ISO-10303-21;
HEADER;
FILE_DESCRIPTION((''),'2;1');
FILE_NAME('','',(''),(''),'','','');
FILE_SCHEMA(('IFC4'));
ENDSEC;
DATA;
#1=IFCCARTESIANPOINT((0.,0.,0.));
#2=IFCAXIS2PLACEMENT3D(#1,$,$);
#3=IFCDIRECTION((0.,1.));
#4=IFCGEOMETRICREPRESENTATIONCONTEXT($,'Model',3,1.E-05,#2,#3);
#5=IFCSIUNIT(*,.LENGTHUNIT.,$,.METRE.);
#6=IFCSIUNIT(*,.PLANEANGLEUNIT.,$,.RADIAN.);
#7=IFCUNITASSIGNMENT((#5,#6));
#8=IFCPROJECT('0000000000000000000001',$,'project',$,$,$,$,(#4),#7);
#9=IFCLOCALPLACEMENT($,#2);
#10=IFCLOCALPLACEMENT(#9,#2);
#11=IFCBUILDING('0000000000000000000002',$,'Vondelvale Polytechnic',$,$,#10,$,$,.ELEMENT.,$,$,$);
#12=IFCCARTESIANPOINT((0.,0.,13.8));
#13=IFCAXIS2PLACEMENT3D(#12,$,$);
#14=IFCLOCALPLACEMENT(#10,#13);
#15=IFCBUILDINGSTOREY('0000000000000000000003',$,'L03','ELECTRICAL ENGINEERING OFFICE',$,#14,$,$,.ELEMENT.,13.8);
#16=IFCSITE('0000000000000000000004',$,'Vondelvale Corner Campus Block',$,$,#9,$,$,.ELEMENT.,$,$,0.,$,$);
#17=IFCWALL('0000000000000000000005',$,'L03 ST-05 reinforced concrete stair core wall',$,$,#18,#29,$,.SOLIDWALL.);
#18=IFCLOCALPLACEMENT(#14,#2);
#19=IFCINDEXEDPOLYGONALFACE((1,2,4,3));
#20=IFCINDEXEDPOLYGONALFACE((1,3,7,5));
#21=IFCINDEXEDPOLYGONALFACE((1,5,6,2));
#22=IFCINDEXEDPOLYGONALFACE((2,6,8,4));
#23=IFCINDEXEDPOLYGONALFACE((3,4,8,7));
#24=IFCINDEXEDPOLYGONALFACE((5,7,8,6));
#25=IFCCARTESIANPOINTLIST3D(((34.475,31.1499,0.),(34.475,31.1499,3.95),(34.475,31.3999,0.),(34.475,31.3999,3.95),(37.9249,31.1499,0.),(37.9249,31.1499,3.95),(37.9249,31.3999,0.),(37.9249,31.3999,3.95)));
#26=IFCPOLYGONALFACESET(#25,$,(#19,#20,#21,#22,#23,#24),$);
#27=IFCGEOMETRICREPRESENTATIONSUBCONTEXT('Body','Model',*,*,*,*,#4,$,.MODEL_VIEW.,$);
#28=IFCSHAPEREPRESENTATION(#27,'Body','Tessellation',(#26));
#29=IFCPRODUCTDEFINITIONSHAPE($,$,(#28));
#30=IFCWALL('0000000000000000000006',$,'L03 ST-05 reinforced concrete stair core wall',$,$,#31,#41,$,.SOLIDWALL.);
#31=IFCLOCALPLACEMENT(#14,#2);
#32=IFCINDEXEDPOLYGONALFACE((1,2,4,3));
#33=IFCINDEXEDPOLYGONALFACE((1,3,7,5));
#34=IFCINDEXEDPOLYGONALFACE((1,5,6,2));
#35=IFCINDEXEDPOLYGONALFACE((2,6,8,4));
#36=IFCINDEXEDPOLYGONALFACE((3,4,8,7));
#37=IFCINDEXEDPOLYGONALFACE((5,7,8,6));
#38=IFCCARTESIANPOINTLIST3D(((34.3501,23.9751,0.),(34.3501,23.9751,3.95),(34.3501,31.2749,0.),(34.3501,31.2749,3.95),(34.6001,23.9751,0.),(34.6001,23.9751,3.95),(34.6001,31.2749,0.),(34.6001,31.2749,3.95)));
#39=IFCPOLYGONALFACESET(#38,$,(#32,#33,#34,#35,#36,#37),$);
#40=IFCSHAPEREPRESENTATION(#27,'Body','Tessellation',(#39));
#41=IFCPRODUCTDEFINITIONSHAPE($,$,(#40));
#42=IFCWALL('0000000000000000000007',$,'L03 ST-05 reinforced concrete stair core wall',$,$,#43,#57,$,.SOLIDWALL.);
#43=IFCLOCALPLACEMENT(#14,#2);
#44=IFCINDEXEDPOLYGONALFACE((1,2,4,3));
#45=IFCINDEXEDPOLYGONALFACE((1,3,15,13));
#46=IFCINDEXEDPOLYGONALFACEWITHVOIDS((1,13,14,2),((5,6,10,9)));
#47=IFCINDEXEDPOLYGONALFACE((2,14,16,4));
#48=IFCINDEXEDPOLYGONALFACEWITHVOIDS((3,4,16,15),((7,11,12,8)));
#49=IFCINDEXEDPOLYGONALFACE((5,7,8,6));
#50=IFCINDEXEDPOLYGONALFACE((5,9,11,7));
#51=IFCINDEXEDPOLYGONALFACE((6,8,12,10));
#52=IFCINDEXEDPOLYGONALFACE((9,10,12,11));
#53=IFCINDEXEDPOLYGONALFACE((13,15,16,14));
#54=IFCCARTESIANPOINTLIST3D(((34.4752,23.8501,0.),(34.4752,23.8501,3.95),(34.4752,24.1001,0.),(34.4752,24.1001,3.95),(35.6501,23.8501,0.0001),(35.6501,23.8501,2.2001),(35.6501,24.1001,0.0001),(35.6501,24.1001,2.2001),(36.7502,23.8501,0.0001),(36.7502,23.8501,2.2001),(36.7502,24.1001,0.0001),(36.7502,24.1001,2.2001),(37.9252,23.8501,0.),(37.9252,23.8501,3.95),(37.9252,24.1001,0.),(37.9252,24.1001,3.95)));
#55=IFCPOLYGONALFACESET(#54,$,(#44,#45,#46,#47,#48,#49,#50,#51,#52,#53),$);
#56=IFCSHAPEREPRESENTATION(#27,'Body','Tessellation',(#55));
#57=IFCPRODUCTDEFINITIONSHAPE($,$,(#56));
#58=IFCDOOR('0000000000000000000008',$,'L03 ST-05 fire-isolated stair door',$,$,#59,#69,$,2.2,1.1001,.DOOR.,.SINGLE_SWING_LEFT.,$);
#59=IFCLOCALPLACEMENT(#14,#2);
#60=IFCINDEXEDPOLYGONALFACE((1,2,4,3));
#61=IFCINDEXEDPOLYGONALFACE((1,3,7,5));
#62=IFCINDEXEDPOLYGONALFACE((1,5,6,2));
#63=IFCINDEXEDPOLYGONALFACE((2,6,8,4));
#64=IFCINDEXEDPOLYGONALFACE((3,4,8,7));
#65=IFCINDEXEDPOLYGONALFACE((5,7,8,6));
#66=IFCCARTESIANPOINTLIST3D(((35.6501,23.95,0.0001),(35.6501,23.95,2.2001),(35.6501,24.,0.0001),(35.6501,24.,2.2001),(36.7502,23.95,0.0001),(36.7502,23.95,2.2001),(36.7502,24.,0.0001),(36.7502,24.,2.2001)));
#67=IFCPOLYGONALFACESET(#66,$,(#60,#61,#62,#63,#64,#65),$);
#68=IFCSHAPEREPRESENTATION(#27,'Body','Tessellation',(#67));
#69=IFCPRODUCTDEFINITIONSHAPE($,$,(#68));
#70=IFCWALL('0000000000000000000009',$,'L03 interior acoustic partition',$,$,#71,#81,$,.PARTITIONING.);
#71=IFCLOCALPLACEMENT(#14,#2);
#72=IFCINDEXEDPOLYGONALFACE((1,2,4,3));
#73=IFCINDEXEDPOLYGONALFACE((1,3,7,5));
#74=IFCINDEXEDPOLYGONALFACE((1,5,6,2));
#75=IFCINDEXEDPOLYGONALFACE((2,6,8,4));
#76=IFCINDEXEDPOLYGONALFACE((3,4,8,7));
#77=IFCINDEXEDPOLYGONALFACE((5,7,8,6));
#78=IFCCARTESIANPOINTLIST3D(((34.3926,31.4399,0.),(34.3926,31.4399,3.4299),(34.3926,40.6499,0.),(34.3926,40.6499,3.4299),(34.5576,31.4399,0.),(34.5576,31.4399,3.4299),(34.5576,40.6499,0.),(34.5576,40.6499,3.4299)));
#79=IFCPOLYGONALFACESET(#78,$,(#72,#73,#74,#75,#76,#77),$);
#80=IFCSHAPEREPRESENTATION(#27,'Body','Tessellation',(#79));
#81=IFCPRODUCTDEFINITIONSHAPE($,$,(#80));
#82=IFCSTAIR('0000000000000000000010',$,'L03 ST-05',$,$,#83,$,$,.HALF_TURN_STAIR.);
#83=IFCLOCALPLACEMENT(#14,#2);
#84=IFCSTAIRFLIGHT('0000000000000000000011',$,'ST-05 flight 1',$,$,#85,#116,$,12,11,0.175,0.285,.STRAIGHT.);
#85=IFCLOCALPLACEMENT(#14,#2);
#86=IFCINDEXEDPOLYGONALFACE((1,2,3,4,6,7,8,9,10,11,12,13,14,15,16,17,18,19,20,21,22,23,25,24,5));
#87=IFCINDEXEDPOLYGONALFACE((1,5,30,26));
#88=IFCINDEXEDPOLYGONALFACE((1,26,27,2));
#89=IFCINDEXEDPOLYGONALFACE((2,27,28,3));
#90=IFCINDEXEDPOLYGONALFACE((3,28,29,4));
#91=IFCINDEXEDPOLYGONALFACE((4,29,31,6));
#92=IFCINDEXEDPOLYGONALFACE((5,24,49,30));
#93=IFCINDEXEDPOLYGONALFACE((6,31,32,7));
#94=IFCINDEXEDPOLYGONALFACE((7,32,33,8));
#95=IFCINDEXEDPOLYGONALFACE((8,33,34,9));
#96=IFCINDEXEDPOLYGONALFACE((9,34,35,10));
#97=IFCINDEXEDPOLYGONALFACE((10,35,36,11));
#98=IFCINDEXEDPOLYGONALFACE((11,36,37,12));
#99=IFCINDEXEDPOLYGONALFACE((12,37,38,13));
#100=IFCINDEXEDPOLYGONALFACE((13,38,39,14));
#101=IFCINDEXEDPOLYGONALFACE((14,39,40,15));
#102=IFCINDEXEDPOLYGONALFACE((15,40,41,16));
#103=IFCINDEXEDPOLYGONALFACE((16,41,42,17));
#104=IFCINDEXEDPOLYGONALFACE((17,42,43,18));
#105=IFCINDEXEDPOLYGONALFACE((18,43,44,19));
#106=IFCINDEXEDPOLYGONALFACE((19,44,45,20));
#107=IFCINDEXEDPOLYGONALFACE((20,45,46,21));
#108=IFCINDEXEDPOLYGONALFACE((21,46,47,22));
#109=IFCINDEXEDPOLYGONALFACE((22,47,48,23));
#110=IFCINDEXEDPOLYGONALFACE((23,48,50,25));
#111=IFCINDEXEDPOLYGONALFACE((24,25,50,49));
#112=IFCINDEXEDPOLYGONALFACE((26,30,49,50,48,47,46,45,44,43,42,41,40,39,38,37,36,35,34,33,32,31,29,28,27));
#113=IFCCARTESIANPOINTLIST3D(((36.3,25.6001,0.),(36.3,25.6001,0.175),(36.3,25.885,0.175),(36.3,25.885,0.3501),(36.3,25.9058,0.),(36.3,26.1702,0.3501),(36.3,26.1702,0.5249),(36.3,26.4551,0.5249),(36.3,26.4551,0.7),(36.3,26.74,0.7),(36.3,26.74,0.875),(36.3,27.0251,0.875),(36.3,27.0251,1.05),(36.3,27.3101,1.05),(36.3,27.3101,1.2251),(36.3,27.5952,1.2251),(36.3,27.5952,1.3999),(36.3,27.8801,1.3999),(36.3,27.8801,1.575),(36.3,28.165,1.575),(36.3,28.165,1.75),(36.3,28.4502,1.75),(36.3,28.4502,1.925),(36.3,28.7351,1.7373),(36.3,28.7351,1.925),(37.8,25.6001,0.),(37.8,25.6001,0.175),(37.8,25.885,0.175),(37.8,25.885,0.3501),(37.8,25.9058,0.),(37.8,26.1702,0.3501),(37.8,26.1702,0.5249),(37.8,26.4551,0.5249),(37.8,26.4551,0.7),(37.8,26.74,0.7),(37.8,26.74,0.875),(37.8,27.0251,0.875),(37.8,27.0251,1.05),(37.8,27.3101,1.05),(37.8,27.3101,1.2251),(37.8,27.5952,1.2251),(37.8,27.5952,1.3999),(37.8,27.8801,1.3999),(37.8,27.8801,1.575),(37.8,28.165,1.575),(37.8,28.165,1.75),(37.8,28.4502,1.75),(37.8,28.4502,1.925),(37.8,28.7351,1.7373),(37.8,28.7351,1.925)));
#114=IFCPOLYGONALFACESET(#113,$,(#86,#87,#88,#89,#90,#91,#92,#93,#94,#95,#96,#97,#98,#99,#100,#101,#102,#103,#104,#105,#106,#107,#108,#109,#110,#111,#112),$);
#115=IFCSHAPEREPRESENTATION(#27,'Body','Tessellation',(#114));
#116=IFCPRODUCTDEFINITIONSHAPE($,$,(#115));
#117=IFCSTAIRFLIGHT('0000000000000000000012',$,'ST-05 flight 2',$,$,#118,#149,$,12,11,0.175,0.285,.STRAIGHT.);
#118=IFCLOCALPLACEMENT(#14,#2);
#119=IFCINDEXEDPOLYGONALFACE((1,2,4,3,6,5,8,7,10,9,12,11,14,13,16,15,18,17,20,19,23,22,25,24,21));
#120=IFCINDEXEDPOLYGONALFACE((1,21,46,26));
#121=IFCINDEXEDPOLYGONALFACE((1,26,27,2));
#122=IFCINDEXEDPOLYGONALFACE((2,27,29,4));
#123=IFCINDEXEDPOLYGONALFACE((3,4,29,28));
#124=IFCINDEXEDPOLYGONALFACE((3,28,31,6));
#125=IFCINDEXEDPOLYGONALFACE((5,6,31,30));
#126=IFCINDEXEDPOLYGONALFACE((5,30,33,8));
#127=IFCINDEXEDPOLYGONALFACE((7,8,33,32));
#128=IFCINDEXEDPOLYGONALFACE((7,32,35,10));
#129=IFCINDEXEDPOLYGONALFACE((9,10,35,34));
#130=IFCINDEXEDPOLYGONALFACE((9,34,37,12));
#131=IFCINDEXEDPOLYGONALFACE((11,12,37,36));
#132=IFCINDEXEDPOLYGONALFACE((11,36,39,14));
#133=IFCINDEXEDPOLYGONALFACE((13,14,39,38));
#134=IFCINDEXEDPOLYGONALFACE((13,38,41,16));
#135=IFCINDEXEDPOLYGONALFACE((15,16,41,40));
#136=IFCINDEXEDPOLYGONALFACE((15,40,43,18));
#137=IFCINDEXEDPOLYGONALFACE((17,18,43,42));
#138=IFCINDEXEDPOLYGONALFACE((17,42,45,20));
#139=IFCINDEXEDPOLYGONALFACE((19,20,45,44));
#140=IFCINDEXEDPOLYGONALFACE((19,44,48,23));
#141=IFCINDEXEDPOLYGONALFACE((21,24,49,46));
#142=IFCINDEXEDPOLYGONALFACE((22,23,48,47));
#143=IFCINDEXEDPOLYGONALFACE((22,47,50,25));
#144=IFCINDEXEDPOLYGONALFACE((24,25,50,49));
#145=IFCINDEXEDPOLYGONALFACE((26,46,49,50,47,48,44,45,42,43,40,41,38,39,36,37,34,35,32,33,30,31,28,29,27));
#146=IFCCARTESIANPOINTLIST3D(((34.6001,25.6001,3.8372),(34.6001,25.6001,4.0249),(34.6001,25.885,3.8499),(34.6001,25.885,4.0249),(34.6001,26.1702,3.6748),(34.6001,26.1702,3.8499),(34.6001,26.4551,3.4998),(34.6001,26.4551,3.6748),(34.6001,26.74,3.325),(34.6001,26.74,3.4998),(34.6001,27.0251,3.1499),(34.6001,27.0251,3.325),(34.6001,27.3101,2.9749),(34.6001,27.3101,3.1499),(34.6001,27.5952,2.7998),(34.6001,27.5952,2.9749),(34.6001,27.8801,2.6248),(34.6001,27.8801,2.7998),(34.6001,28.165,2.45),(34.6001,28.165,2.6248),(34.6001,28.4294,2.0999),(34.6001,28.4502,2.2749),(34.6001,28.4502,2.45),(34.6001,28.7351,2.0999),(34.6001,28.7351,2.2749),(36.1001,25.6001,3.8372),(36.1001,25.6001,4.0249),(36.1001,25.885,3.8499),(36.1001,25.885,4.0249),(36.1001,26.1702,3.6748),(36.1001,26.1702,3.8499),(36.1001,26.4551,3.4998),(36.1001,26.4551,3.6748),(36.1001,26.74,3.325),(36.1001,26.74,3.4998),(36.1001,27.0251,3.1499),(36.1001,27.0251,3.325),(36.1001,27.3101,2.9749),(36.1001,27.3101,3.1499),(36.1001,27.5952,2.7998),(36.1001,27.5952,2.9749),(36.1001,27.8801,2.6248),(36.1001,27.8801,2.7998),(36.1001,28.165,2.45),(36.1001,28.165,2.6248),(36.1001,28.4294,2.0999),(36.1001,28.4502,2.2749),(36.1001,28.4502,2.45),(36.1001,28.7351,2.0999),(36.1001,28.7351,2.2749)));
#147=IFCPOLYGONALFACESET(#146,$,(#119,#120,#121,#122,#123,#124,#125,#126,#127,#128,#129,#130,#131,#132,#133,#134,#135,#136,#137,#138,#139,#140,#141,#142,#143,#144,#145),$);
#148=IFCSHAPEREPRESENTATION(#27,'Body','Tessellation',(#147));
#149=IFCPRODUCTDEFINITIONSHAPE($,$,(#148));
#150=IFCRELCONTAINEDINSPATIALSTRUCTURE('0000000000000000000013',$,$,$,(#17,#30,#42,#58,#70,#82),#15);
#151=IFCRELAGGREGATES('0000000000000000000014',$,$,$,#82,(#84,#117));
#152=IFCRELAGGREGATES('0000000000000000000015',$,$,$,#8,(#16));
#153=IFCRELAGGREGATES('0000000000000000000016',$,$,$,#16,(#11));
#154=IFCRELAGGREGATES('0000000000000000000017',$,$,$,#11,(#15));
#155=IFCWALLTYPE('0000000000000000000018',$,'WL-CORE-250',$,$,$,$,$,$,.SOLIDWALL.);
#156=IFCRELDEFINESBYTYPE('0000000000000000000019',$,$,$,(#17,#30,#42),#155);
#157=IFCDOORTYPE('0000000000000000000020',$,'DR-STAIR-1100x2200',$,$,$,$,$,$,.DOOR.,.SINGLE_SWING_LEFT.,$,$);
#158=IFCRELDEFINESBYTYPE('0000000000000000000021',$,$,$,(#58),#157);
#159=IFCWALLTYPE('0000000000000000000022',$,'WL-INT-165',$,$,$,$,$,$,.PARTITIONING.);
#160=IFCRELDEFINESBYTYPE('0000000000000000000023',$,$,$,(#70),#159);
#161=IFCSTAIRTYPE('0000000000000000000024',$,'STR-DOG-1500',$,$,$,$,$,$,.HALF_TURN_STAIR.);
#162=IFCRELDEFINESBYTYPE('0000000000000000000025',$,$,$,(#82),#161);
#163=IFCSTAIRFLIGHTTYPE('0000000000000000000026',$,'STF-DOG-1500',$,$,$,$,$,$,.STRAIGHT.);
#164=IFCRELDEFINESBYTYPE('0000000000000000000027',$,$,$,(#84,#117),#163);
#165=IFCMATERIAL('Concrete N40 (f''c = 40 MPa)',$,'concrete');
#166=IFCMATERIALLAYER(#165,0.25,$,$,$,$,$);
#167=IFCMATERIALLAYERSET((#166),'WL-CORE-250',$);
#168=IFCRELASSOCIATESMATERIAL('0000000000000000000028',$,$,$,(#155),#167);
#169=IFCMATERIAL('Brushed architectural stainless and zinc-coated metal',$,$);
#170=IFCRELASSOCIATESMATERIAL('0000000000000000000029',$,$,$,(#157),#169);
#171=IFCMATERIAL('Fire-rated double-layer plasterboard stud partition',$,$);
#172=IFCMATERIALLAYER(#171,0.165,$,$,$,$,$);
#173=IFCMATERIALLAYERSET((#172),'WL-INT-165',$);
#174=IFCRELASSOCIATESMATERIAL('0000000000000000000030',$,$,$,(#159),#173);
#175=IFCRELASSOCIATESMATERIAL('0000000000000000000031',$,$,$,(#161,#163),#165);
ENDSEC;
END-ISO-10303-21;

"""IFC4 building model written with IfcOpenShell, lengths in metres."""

from ifc_helpers import new_model, si_unit, direction, frame, frame_2d, origin, place, context, subcontext, project, spatial, polyline, rectangle, outline, extrude, material, layer, layer_set, type_object, element, fill, aggregate, save


model = new_model("IFC4")

# Units and contexts
model_context = context("Model", 3, precision=1e-05, world=origin(), true_north=direction((0.0, 1.0)))
body_context = subcontext(model_context, "Body", "Model", "MODEL_VIEW")
ifc_project = project(units=[si_unit("LENGTHUNIT", "METRE"), si_unit("PLANEANGLEUNIT", "RADIAN")], contexts=[model_context])

# Site, building, storey
site_placement = place(None, origin())
site = spatial("IfcSite", under=ifc_project, at=site_placement, Name="Vondelvale Corner Campus Block", CompositionType="ELEMENT", RefElevation=0.0)
building_placement = place(site_placement, origin())
building = spatial("IfcBuilding", under=site, at=building_placement, Name="Vondelvale Polytechnic", CompositionType="ELEMENT")
storey_placement = place(building_placement, frame((0.0, 0.0, 13.8)))
storey = spatial("IfcBuildingStorey", under=building, at=storey_placement, Name="L03", Description="ELECTRICAL ENGINEERING OFFICE", CompositionType="ELEMENT", Elevation=13.8)

# Shared definitions
ifc_material_1 = material(Name="Concrete N40 (f'c = 40 MPa)", Category="concrete")

# Walls
ifc_layer_1 = layer(ifc_material_1, 0.25)
ifc_layer_set_1 = layer_set([ifc_layer_1], Name="WL-CORE-250")
wall_type_1 = type_object("IfcWallType", Name="WL-CORE-250", PredefinedType="SOLIDWALL", material=ifc_layer_set_1)
wall_1_placement = place(storey_placement, frame((37.925, 31.2749, 0.0), z_axis=(0.0, 0.0, 1.0), x_axis=(-1.0, 0.0, 0.0)))
element("IfcWall", 1, at=wall_1_placement, inside=storey, type_object=wall_type_1, Name="L03 ST-05 reinforced concrete stair core wall", PredefinedType="SOLIDWALL", context=body_context, shape_type="SweptSolid", body=[
    extrude(rectangle(XDim=3.45, YDim=0.25, at=frame_2d((1.7251, 0.0))), origin(), (0.0, 0.0, 1.0), 3.95),
])
wall_2_placement = place(storey_placement, frame((34.4751, 31.2749, 0.0), z_axis=(0.0, 0.0, 1.0), x_axis=(0.0, -1.0, 0.0)))
element("IfcWall", 2, at=wall_2_placement, inside=storey, type_object=wall_type_1, Name="L03 ST-05 reinforced concrete stair core wall", PredefinedType="SOLIDWALL", context=body_context, shape_type="SweptSolid", body=[
    extrude(rectangle(XDim=7.2998, YDim=0.25, at=frame_2d((3.6499, 0.0))), origin(), (0.0, 0.0, 1.0), 3.95),
])

# Wall, opening, door
wall_3_placement = place(storey_placement, frame((34.4751, 23.9751, 0.0), z_axis=(0.0, 0.0, 1.0), x_axis=(1.0, 0.0, 0.0)))
wall_3 = element("IfcWall", 3, at=wall_3_placement, inside=storey, type_object=wall_type_1, Name="L03 ST-05 reinforced concrete stair core wall", PredefinedType="SOLIDWALL", context=body_context, shape_type="SweptSolid", body=[
    extrude(rectangle(XDim=3.45, YDim=0.25, at=frame_2d((1.7251, 0.0))), origin(), (0.0, 0.0, 1.0), 3.95),
])
opening_placement = place(wall_3_placement, frame((1.175, 0.0, 0.0)))
opening = element("IfcOpeningElement", 4, at=opening_placement, cuts=wall_3, PredefinedType="OPENING", context=body_context, shape_type="SweptSolid", body=[
    extrude(rectangle(XDim=1.1001, YDim=2.2, at=frame_2d((0.55, 1.1001))), frame((0.0, 0.135, 0.0), z_axis=(0.0, -1.0, 0.0), x_axis=(1.0, 0.0, 0.0)), (0.0, 0.0, 1.0), 0.27),
])
ifc_material_2 = material(Name="Brushed architectural stainless and zinc-coated metal")
door_type = type_object("IfcDoorType", Name="DR-STAIR-1100x2200", OperationType="SINGLE_SWING_LEFT", PredefinedType="DOOR", material=ifc_material_2)
door_placement = place(opening_placement, origin())
door = element("IfcDoor", 5, at=door_placement, inside=storey, type_object=door_type, Name="L03 ST-05 fire-isolated stair door", OperationType="SINGLE_SWING_LEFT", OverallHeight=2.2, OverallWidth=1.1001, PredefinedType="DOOR", context=body_context, shape_type="SweptSolid", body=[
    extrude(rectangle(XDim=1.1001, YDim=2.2, at=frame_2d((0.55, 1.1001))), frame((0.0, 0.0249, 0.0), z_axis=(0.0, -1.0, 0.0), x_axis=(1.0, 0.0, 0.0)), (0.0, 0.0, 1.0), 0.05),
])
fill(opening, door)

# Wall
ifc_material_3 = material(Name="Fire-rated double-layer plasterboard stud partition")
ifc_layer_2 = layer(ifc_material_3, 0.165)
ifc_layer_set_2 = layer_set([ifc_layer_2], Name="WL-INT-165")
wall_type_2 = type_object("IfcWallType", Name="WL-INT-165", PredefinedType="PARTITIONING", material=ifc_layer_set_2)
wall_4_placement = place(storey_placement, frame((34.4751, 31.4399, 0.0), z_axis=(0.0, 0.0, 1.0), x_axis=(0.0, 1.0, 0.0)))
element("IfcWall", 6, at=wall_4_placement, inside=storey, type_object=wall_type_2, Name="L03 interior acoustic partition", PredefinedType="PARTITIONING", context=body_context, shape_type="SweptSolid", body=[
    extrude(rectangle(XDim=9.21, YDim=0.165, at=frame_2d((4.605, 0.0))), origin(), (0.0, 0.0, 1.0), 3.4299),
])

# Stair, stair flights
stair_type = type_object("IfcStairType", Name="STR-DOG-1500", PredefinedType="HALF_TURN_STAIR", material=ifc_material_1)
stair_placement = place(storey_placement, origin())
stair = element("IfcStair", 7, at=stair_placement, inside=storey, type_object=stair_type, Name="L03 ST-05", PredefinedType="HALF_TURN_STAIR")
stair_flight_type = type_object("IfcStairFlightType", Name="STF-DOG-1500", PredefinedType="STRAIGHT", material=ifc_material_1)
stair_flight_1_placement = place(storey_placement, frame((37.05, 25.6001, 0.0), z_axis=(0.0, 0.0, 1.0), x_axis=(0.0, 1.0, 0.0)))
stair_flight_1 = element("IfcStairFlight", 8, at=stair_flight_1_placement, type_object=stair_flight_type, Name="ST-05 flight 1", NumberOfRisers=12, NumberOfTreads=11, PredefinedType="STRAIGHT", RiserHeight=0.175, TreadLength=0.285, context=body_context, shape_type="SweptSolid", body=[
    extrude(outline(polyline([(0.0, 0.0), (0.0, 0.175), (0.2849, 0.175), (0.2849, 0.3501), (0.5701, 0.3501), (0.5701, 0.5249), (0.855, 0.5249), (0.855, 0.7), (1.1399, 0.7), (1.1399, 0.875), (1.425, 0.875), (1.425, 1.05), (1.71, 1.05), (1.71, 1.2251), (1.9951, 1.2251), (1.9951, 1.3999), (2.28, 1.3999), (2.28, 1.575), (2.5649, 1.575), (2.5649, 1.75), (2.8501, 1.75), (2.8501, 1.925), (3.135, 1.925), (3.135, 2.1001), (3.135, 1.7373), (0.3057, 0.0), (0.0, 0.0)])), frame((0.0, 0.75, 0.0), z_axis=(0.0, -1.0, 0.0), x_axis=(1.0, 0.0, 0.0)), (0.0, 0.0, 1.0), 1.5),
])
stair_flight_2_placement = place(storey_placement, frame((35.3501, 28.7351, 2.0999), z_axis=(0.0, 0.0, 1.0), x_axis=(0.0, -1.0, 0.0)))
stair_flight_2 = element("IfcStairFlight", 9, at=stair_flight_2_placement, type_object=stair_flight_type, Name="ST-05 flight 2", NumberOfRisers=12, NumberOfTreads=11, PredefinedType="STRAIGHT", RiserHeight=0.175, TreadLength=0.285, context=body_context, shape_type="SweptSolid", body=[
    extrude(outline(polyline([(0.0, 0.0), (0.0, 0.175), (0.2849, 0.175), (0.2849, 0.3501), (0.5701, 0.3501), (0.5701, 0.5249), (0.855, 0.5249), (0.855, 0.7), (1.1399, 0.7), (1.1399, 0.875), (1.425, 0.875), (1.425, 1.05), (1.71, 1.05), (1.71, 1.2251), (1.9951, 1.2251), (1.9951, 1.3999), (2.28, 1.3999), (2.28, 1.575), (2.5649, 1.575), (2.5649, 1.75), (2.8501, 1.75), (2.8501, 1.925), (3.135, 1.925), (3.135, 2.1001), (3.135, 1.7373), (0.3057, 0.0), (0.0, 0.0)])), frame((0.0, 0.75, 0.0), z_axis=(0.0, -1.0, 0.0), x_axis=(1.0, 0.0, 0.0)), (0.0, 0.0, 1.0), 1.5),
])
aggregate(stair, [stair_flight_1, stair_flight_2])

save(model, "model.ifc")
